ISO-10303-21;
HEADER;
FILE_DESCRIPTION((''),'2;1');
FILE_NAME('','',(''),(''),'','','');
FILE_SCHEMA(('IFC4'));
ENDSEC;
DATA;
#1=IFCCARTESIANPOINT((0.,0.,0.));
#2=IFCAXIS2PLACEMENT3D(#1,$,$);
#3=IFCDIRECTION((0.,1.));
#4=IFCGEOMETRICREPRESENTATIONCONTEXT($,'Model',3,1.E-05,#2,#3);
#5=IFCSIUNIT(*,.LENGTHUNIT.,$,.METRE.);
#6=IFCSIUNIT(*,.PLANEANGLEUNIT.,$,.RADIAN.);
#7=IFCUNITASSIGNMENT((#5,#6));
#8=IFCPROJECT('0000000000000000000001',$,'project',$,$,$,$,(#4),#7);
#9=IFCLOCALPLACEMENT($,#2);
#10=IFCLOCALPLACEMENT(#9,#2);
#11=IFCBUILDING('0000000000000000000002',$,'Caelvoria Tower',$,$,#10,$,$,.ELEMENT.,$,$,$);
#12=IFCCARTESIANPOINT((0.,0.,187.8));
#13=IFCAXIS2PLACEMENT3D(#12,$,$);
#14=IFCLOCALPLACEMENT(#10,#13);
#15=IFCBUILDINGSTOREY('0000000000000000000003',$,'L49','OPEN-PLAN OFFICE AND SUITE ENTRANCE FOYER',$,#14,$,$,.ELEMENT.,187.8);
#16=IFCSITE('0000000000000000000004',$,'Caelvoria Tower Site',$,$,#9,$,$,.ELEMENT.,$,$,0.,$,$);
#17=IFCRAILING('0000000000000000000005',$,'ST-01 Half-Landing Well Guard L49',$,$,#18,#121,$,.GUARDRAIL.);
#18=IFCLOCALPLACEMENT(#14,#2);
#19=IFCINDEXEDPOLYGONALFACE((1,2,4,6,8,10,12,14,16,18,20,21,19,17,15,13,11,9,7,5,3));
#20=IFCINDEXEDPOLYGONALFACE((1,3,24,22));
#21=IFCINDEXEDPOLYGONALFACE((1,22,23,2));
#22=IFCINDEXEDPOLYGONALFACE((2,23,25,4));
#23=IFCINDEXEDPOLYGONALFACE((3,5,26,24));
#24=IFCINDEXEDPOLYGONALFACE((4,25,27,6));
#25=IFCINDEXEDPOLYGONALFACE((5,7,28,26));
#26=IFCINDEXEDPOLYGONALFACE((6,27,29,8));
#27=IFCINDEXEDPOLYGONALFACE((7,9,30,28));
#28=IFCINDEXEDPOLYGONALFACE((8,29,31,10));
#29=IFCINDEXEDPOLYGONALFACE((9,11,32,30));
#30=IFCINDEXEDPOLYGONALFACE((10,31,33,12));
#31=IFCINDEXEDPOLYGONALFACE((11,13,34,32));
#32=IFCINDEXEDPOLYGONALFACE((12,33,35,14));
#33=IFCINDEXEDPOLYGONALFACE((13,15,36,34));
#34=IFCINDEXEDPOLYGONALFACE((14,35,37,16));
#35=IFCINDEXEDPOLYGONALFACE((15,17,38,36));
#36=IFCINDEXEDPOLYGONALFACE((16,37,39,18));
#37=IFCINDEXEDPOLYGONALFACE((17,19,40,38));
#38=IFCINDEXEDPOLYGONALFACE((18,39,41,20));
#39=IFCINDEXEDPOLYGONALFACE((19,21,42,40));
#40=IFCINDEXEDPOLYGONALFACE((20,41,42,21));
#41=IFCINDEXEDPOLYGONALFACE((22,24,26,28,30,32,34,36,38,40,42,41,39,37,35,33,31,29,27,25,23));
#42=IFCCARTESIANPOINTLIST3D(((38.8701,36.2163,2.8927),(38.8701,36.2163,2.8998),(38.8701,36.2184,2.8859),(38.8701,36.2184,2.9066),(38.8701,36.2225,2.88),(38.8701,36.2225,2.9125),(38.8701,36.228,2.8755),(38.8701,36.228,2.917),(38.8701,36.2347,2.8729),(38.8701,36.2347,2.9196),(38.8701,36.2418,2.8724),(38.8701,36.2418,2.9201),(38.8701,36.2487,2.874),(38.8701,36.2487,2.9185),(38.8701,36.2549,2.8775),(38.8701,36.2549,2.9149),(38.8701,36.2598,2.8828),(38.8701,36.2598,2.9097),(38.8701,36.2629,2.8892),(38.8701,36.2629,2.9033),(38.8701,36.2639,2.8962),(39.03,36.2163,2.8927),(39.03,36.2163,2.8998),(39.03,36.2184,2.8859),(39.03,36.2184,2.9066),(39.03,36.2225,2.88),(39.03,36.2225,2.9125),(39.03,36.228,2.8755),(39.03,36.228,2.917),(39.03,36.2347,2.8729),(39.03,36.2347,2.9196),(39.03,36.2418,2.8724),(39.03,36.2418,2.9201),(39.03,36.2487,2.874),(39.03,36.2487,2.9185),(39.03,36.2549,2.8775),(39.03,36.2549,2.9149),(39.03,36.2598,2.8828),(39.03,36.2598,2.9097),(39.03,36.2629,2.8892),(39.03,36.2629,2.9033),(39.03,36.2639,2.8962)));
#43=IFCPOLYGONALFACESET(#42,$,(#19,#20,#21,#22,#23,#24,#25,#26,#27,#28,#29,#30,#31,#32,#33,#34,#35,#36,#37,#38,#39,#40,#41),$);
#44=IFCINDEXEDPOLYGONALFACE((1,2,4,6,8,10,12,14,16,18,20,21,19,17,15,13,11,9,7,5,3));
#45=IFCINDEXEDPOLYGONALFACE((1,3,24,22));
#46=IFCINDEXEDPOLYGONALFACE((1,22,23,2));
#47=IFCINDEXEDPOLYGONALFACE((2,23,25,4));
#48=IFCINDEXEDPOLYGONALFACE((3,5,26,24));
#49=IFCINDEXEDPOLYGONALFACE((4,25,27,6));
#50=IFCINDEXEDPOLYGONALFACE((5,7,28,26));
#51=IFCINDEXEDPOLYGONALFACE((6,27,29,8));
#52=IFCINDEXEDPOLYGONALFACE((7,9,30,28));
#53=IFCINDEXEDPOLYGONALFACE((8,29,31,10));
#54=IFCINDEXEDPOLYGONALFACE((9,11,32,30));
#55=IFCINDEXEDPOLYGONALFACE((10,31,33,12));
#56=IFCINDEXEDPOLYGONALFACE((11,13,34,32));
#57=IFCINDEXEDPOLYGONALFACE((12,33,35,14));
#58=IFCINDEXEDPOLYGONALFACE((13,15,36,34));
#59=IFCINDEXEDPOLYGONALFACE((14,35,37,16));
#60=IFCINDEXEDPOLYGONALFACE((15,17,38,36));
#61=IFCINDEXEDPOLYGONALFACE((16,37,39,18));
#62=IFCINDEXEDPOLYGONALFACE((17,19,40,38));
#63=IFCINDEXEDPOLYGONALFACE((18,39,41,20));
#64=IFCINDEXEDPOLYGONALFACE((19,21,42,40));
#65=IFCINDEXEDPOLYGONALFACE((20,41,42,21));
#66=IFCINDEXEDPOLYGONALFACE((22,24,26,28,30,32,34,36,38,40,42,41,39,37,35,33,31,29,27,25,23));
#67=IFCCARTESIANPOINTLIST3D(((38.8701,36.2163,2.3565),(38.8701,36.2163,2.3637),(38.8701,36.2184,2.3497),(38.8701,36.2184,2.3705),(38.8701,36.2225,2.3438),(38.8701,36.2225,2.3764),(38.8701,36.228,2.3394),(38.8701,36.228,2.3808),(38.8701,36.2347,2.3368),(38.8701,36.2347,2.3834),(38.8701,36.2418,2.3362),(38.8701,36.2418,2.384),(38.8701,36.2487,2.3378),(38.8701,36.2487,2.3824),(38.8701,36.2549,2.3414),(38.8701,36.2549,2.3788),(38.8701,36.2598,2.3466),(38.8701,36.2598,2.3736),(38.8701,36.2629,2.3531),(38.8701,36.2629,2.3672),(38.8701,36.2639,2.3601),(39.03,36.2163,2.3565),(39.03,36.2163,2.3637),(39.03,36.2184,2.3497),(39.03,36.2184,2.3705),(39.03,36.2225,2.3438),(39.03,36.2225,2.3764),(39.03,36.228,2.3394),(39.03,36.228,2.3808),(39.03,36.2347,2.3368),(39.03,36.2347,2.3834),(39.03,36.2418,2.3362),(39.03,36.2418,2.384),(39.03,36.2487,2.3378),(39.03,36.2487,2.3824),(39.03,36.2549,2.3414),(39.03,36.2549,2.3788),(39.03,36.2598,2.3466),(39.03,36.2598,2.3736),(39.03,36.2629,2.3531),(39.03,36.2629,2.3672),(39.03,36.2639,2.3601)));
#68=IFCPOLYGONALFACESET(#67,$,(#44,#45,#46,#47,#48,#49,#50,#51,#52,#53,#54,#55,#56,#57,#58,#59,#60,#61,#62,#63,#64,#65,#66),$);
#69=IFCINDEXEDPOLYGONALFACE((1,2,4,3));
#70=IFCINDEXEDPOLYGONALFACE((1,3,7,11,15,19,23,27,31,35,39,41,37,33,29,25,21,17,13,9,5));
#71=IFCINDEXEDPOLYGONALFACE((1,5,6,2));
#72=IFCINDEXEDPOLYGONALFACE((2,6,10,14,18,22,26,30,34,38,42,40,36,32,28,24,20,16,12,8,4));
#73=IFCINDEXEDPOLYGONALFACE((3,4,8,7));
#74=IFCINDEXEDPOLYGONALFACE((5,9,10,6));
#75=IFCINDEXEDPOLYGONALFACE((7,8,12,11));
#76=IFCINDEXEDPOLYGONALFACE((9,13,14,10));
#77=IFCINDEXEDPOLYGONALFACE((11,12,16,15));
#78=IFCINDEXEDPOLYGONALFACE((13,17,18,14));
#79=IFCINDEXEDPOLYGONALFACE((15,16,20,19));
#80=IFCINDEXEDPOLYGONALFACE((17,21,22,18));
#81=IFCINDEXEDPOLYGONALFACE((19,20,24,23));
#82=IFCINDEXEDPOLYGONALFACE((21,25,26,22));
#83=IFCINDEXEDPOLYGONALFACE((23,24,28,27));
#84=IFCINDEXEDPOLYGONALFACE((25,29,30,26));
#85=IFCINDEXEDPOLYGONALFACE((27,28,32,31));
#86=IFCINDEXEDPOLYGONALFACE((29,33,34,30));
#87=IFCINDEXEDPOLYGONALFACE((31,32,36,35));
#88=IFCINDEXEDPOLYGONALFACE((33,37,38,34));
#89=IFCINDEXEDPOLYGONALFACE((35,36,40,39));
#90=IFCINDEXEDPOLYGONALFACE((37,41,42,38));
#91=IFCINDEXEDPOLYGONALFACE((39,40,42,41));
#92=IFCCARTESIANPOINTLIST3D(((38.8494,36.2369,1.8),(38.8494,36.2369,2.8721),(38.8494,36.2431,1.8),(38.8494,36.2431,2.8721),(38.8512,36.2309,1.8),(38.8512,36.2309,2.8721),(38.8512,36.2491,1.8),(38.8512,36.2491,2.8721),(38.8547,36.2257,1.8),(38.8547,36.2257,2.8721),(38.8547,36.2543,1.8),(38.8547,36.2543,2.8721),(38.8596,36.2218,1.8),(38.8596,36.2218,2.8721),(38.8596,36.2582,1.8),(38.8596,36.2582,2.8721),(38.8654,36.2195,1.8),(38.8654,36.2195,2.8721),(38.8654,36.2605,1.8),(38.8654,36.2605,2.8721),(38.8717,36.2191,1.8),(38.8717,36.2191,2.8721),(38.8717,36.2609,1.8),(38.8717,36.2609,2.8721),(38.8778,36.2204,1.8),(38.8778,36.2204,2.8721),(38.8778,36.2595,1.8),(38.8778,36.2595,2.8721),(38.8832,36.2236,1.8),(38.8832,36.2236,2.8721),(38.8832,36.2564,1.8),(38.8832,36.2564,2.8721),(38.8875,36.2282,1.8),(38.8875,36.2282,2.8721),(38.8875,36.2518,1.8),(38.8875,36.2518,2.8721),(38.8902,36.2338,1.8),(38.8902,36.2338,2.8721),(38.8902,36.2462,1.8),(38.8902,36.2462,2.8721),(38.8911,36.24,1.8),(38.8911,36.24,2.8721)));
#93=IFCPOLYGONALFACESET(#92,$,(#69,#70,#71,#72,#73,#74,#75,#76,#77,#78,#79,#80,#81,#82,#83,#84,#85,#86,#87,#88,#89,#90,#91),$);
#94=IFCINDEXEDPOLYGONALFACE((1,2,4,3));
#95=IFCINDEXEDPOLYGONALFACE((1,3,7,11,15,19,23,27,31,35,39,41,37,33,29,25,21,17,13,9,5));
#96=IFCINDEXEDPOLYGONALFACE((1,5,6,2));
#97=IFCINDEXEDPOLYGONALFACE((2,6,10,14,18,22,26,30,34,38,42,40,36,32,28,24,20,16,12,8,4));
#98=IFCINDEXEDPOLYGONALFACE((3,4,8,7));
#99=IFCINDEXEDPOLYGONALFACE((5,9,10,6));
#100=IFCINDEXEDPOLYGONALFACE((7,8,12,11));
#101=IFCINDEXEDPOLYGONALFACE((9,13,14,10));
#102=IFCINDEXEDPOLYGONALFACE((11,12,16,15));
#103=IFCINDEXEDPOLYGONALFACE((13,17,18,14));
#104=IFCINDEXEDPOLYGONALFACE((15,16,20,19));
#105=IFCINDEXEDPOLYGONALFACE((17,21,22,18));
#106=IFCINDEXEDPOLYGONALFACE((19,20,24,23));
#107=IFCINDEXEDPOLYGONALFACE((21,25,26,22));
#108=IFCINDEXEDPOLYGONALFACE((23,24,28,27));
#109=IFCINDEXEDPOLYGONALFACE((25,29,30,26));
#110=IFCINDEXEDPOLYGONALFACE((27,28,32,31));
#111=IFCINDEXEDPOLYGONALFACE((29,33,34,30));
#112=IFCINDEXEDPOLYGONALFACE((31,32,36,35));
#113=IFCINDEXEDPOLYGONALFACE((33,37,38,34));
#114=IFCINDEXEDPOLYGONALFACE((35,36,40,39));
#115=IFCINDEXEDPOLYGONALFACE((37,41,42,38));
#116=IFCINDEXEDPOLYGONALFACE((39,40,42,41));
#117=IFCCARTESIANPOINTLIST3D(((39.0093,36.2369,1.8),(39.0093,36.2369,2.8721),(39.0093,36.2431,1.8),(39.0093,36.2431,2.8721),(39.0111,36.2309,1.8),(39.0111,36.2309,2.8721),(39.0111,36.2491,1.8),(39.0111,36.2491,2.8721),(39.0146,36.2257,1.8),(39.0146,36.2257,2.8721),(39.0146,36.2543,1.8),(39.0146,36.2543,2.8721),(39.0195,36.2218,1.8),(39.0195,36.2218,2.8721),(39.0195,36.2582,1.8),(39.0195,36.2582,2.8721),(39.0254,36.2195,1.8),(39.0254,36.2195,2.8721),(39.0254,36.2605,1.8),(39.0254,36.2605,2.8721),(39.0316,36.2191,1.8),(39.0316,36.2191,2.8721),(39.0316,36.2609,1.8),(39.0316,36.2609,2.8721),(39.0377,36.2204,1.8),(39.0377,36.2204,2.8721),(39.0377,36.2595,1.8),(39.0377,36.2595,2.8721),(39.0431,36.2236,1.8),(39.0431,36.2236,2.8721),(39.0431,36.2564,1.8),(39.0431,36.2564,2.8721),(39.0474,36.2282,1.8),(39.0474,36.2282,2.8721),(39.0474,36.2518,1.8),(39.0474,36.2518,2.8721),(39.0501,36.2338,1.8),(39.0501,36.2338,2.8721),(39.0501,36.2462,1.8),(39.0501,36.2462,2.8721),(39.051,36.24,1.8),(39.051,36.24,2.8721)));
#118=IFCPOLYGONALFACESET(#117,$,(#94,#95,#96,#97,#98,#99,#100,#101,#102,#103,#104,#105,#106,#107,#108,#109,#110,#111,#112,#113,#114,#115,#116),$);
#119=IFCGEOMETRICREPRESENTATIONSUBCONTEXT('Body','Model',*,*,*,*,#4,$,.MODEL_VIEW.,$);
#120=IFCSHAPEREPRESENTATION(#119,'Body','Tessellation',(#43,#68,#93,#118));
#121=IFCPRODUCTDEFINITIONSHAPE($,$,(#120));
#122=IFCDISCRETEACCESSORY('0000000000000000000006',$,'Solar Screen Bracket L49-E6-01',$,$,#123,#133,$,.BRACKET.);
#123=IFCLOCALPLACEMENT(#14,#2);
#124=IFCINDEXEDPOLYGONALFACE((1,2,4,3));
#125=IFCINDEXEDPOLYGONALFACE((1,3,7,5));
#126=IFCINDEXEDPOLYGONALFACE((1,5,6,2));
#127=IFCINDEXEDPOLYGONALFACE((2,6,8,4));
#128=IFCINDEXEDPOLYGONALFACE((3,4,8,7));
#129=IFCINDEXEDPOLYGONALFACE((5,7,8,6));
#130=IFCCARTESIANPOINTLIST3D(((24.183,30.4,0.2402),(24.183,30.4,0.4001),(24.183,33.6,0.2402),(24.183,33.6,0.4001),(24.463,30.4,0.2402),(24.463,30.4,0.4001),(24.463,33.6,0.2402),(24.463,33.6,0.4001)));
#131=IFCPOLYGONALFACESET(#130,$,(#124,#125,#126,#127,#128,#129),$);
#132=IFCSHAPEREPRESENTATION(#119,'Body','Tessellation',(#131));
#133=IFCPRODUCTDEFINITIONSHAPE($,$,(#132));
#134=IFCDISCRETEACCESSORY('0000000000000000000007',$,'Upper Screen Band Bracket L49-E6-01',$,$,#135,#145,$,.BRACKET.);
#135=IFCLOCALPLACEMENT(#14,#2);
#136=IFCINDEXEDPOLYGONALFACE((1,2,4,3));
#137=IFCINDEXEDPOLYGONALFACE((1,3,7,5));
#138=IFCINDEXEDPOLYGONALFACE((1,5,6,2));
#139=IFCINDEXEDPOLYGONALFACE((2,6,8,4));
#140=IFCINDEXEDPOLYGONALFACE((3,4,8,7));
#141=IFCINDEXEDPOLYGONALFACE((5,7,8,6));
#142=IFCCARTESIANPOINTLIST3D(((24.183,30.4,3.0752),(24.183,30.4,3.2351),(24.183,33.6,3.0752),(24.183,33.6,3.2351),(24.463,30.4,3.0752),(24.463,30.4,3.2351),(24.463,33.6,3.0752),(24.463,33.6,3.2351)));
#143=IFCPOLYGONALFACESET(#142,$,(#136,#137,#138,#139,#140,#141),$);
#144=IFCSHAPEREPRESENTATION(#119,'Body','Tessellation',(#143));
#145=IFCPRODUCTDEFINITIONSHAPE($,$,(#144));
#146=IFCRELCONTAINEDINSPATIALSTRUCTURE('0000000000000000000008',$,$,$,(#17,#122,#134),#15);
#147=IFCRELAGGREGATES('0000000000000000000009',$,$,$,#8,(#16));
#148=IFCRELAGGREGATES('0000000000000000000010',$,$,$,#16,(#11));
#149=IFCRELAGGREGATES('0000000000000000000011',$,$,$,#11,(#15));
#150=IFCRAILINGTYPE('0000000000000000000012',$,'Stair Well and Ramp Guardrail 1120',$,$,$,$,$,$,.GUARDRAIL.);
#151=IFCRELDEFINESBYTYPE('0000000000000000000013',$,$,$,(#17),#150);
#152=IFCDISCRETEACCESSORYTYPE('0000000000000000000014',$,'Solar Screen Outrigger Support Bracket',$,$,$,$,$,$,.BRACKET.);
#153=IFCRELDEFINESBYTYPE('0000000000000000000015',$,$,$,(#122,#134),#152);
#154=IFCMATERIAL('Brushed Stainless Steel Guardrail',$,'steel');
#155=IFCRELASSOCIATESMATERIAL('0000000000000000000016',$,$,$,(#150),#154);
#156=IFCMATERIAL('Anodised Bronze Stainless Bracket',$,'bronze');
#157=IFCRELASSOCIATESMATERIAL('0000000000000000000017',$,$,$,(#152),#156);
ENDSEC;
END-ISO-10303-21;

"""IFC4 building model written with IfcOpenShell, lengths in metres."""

from ifc_helpers import new_model, si_unit, direction, frame, origin, origin_2d, place, context, subcontext, project, spatial, rectangle, circle, extrude, material, type_object, element, save


model = new_model("IFC4")

# Units and contexts
model_context = context("Model", 3, precision=1e-05, world=origin(), true_north=direction((0.0, 1.0)))
body_context = subcontext(model_context, "Body", "Model", "MODEL_VIEW")
ifc_project = project(units=[si_unit("LENGTHUNIT", "METRE"), si_unit("PLANEANGLEUNIT", "RADIAN")], contexts=[model_context])

# Site, building, storey
site_placement = place(None, origin())
site = spatial("IfcSite", under=ifc_project, at=site_placement, Name="Caelvoria Tower Site", CompositionType="ELEMENT", RefElevation=0.0)
building_placement = place(site_placement, origin())
building = spatial("IfcBuilding", under=site, at=building_placement, Name="Caelvoria Tower", CompositionType="ELEMENT")
storey_placement = place(building_placement, frame((0.0, 0.0, 187.8)))
storey = spatial("IfcBuildingStorey", under=building, at=storey_placement, Name="L49", Description="OPEN-PLAN OFFICE AND SUITE ENTRANCE FOYER", CompositionType="ELEMENT", Elevation=187.8)

# Railing
ifc_material_1 = material(Name="Brushed Stainless Steel Guardrail", Category="steel")
railing_type_1 = type_object("IfcRailingType", Name="Stair Well and Ramp Guardrail 1120", PredefinedType="GUARDRAIL", material=ifc_material_1)
railing_1_placement = place(storey_placement, frame((38.8701, 36.24, 1.8)))
element("IfcRailing", 1, at=railing_1_placement, inside=storey, type_object=railing_type_1, Name="ST-01 Half-Landing Well Guard L49", PredefinedType="GUARDRAIL", context=body_context, shape_type="SweptSolid", body=[
    extrude(circle(Radius=0.0239, at=origin_2d()), frame((0.0, 0.0, 1.0962), z_axis=(1.0, 0.0, 0.0), x_axis=(0.0, 1.0, 0.0)), (0.0, 0.0, 1.0), 0.1599),
    extrude(circle(Radius=0.0239, at=origin_2d()), frame((0.0, 0.0, 0.5601), z_axis=(1.0, 0.0, 0.0), x_axis=(0.0, 1.0, 0.0)), (0.0, 0.0, 1.0), 0.1599),
    extrude(circle(Radius=0.021, at=origin_2d()), origin(), (0.0, 0.0, 1.0), 1.072),
    extrude(circle(Radius=0.021, at=origin_2d()), frame((0.1599, 0.0, 0.0)), (0.0, 0.0, 1.0), 1.072),
])

# Discrete accessories
ifc_material_2 = material(Name="Anodised Bronze Stainless Bracket", Category="bronze")
discrete_accessory_type = type_object("IfcDiscreteAccessoryType", Name="Solar Screen Outrigger Support Bracket", PredefinedType="BRACKET", material=ifc_material_2)
for number, where, z_axis, x_axis, name in (
    (2, (24.323, 32.0, 0.2402), (0.0, 0.0, 1.0), (0.0, -1.0, 0.0), "Solar Screen Bracket L49-E6-01"),
    (3, (24.323, 32.0, 3.0752), (0.0, 0.0, 1.0), (0.0, -1.0, 0.0), "Upper Screen Band Bracket L49-E6-01"),
):
    element("IfcDiscreteAccessory", number, at=place(storey_placement, frame(where, z_axis=z_axis, x_axis=x_axis)), inside=storey, type_object=discrete_accessory_type, Name=name, PredefinedType="BRACKET", context=body_context, shape_type="SweptSolid", body=[
        extrude(rectangle(XDim=3.2, YDim=0.28, at=origin_2d()), origin(), (0.0, 0.0, 1.0), 0.1599),
    ])

save(model, "model.ifc")
